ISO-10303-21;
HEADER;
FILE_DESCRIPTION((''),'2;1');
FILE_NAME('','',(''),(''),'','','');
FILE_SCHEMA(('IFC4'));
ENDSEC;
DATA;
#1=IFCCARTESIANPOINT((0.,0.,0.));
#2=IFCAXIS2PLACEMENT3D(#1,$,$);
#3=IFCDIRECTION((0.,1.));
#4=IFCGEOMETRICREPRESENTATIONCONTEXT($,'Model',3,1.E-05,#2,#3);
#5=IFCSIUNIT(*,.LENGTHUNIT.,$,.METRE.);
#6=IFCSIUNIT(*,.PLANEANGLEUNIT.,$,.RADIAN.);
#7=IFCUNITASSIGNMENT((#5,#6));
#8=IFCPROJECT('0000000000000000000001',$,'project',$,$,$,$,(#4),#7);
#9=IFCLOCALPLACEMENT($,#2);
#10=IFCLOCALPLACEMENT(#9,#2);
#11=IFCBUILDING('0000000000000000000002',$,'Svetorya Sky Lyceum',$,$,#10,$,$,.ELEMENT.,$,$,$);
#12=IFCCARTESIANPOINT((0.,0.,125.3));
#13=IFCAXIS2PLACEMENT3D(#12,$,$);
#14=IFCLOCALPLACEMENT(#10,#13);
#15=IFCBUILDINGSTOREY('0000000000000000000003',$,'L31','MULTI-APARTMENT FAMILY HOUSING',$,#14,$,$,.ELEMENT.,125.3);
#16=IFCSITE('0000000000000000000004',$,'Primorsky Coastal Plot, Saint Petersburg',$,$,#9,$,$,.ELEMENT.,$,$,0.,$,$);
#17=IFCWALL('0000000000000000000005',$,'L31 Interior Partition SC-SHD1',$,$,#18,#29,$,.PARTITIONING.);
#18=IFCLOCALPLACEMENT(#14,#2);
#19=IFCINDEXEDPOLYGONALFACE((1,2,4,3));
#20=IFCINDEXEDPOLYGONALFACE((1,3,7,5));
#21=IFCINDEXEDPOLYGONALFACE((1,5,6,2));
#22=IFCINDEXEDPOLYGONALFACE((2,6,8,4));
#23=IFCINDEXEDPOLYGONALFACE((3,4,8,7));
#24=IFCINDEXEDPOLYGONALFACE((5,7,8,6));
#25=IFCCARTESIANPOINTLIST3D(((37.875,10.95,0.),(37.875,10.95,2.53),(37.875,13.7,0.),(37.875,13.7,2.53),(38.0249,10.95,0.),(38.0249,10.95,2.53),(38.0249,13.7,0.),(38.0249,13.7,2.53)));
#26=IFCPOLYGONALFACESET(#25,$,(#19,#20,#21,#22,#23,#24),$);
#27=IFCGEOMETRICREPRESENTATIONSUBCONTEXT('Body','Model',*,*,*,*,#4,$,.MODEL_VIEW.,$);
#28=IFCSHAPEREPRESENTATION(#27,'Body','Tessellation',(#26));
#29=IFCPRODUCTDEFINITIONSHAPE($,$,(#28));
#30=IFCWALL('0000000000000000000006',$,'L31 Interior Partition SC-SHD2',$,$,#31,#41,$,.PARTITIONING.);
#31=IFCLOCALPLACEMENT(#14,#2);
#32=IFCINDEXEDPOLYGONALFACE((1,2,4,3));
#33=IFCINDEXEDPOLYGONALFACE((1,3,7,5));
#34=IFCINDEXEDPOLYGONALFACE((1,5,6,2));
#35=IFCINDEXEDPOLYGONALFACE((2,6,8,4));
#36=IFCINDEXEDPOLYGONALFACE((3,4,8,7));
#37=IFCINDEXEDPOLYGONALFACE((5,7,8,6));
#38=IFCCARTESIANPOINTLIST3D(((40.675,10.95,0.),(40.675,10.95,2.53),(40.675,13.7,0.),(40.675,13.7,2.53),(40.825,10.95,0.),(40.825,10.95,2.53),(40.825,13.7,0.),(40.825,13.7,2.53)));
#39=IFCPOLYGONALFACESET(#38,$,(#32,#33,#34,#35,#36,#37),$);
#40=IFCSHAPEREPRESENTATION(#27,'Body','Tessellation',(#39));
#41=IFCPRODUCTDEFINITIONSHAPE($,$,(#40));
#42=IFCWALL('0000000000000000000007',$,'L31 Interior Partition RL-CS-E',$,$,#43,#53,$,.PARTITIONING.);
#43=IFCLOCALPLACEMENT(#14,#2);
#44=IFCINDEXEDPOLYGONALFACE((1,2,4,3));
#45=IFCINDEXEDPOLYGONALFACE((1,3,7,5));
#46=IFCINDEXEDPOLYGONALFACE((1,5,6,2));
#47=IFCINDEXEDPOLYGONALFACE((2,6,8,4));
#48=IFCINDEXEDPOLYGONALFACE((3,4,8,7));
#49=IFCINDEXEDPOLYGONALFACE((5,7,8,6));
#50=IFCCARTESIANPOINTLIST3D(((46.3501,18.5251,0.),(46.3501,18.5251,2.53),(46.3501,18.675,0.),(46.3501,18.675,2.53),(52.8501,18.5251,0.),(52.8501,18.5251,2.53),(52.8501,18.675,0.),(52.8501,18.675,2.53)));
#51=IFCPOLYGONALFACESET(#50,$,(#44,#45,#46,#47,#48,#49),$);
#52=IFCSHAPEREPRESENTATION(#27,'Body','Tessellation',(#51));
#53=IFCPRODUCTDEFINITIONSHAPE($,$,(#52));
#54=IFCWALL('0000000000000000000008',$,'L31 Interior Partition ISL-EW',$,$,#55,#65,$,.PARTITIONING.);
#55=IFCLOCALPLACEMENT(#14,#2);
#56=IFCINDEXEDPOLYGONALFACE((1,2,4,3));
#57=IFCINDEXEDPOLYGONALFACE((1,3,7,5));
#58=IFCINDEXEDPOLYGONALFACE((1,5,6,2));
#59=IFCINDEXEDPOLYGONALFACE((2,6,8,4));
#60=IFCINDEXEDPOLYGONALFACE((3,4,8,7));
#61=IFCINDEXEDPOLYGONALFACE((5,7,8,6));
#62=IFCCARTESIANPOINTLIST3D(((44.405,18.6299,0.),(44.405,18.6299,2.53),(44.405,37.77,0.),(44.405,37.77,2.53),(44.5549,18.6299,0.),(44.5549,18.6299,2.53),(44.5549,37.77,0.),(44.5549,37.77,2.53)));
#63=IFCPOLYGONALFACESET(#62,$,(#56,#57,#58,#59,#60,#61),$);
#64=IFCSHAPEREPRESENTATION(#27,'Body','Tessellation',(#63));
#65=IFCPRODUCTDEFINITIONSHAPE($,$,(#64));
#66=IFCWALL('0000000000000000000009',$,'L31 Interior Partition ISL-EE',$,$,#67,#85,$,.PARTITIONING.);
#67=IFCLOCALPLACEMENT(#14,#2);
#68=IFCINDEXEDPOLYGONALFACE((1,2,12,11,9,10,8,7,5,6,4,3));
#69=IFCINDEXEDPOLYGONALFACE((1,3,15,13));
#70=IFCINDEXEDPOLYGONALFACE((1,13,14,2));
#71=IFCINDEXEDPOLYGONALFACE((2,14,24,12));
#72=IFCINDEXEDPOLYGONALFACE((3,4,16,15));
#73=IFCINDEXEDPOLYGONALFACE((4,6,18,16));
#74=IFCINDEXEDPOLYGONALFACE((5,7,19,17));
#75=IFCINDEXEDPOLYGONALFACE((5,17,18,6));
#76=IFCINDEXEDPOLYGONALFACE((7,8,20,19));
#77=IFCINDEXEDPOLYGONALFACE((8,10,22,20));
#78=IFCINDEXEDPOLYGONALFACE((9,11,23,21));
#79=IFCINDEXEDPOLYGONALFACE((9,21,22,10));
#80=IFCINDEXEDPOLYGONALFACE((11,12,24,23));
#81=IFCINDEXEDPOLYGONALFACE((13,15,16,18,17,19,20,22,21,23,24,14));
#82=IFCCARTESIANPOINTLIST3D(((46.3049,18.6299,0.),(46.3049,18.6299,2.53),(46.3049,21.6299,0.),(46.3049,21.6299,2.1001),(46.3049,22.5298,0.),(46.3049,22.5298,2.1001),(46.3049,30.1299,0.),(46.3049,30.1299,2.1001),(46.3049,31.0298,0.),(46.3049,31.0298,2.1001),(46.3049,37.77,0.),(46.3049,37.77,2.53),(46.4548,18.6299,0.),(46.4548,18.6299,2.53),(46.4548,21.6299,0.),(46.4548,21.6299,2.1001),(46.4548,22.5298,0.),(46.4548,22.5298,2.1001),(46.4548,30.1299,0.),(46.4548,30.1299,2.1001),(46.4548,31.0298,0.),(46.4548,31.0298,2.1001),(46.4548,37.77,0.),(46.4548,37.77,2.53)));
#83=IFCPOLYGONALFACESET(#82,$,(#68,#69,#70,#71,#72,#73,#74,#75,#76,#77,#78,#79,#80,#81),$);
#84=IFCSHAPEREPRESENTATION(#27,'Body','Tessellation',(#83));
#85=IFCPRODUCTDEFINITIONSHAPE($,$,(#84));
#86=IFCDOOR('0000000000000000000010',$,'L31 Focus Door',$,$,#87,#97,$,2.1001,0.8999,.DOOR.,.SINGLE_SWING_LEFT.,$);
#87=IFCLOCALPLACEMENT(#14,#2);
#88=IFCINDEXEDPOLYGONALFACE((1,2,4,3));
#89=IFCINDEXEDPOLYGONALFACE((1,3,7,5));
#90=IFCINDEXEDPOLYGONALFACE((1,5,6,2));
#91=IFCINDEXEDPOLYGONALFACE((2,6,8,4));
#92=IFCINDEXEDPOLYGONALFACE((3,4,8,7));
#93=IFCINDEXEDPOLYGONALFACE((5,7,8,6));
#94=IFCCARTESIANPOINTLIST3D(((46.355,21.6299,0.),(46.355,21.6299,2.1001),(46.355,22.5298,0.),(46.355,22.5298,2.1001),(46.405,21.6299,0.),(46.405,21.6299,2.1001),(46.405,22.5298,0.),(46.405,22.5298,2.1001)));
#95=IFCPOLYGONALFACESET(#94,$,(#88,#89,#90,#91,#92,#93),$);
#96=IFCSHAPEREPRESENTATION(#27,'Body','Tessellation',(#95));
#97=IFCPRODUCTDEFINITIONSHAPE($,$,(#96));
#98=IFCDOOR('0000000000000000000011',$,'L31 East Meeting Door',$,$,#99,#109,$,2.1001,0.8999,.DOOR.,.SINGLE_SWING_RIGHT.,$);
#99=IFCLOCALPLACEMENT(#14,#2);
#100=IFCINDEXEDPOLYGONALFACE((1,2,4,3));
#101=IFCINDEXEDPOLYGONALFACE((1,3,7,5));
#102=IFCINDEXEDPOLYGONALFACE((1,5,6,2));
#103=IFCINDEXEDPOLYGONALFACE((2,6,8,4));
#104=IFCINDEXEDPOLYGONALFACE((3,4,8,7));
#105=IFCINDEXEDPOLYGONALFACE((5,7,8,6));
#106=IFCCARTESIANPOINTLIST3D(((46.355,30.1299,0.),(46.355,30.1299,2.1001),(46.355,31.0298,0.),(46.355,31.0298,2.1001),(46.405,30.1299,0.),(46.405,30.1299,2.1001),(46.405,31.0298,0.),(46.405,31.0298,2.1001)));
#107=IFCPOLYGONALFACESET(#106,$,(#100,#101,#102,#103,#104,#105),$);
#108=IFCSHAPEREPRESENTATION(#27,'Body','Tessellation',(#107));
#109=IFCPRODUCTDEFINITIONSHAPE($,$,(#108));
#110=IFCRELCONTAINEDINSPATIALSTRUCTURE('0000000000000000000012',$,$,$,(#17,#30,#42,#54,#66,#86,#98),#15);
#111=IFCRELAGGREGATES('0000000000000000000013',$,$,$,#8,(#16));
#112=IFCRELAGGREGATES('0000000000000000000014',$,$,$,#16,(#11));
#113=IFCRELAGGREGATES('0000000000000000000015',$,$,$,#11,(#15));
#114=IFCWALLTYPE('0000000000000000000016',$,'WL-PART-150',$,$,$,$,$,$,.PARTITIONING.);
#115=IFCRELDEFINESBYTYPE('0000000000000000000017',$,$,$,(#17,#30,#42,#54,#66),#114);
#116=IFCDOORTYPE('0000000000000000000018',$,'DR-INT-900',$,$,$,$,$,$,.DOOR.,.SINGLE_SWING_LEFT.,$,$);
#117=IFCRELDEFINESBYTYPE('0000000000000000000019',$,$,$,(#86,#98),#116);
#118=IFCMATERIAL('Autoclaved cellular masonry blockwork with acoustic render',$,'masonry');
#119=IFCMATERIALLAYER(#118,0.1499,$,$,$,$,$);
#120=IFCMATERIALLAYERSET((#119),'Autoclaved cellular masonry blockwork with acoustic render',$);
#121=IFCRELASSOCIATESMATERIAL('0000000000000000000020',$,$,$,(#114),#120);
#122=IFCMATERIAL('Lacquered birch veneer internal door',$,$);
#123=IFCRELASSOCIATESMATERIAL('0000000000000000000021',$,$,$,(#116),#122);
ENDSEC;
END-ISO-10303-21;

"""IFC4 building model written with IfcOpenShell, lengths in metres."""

from ifc_helpers import new_model, si_unit, direction, frame, frame_2d, origin, place, context, subcontext, project, spatial, rectangle, extrude, material, layer, layer_set, type_object, element, fill, save


model = new_model("IFC4")

# Units and contexts
model_context = context("Model", 3, precision=1e-05, world=origin(), true_north=direction((0.0, 1.0)))
body_context = subcontext(model_context, "Body", "Model", "MODEL_VIEW")
ifc_project = project(units=[si_unit("LENGTHUNIT", "METRE"), si_unit("PLANEANGLEUNIT", "RADIAN")], contexts=[model_context])

# Site, building, storey
site_placement = place(None, origin())
site = spatial("IfcSite", under=ifc_project, at=site_placement, Name="Primorsky Coastal Plot, Saint Petersburg", CompositionType="ELEMENT", RefElevation=0.0)
building_placement = place(site_placement, origin())
building = spatial("IfcBuilding", under=site, at=building_placement, Name="Svetorya Sky Lyceum", CompositionType="ELEMENT")
storey_placement = place(building_placement, frame((0.0, 0.0, 125.3)))
storey = spatial("IfcBuildingStorey", under=building, at=storey_placement, Name="L31", Description="MULTI-APARTMENT FAMILY HOUSING", CompositionType="ELEMENT", Elevation=125.3)

# Walls
ifc_material_1 = material(Name="Autoclaved cellular masonry blockwork with acoustic render", Category="masonry")
ifc_layer_1 = layer(ifc_material_1, 0.1499)
ifc_layer_set_1 = layer_set([ifc_layer_1], Name="Autoclaved cellular masonry blockwork with acoustic render")
wall_type_1 = type_object("IfcWallType", Name="WL-PART-150", PredefinedType="PARTITIONING", material=ifc_layer_set_1)
for number, where, z_axis, x_axis, name in (
    (1, (37.95, 10.95, 0.0), (0.0, 0.0, 1.0), (0.0, 1.0, 0.0), "L31 Interior Partition SC-SHD1"),
    (2, (40.75, 10.95, 0.0), (0.0, 0.0, 1.0), (0.0, 1.0, 0.0), "L31 Interior Partition SC-SHD2"),
):
    element("IfcWall", number, at=place(storey_placement, frame(where, z_axis=z_axis, x_axis=x_axis)), inside=storey, type_object=wall_type_1, Name=name, PredefinedType="PARTITIONING", context=body_context, shape_type="SweptSolid", body=[
        extrude(rectangle(XDim=2.75, YDim=0.1499, at=frame_2d((1.375, 0.0))), origin(), (0.0, 0.0, 1.0), 2.53),
    ])
wall_1_placement = place(storey_placement, frame((46.3501, 18.6001, 0.0), z_axis=(0.0, 0.0, 1.0), x_axis=(1.0, 0.0, 0.0)))
element("IfcWall", 3, at=wall_1_placement, inside=storey, type_object=wall_type_1, Name="L31 Interior Partition RL-CS-E", PredefinedType="PARTITIONING", context=body_context, shape_type="SweptSolid", body=[
    extrude(rectangle(XDim=6.5, YDim=0.1499, at=frame_2d((3.25, 0.0))), origin(), (0.0, 0.0, 1.0), 2.53),
])
wall_2_placement = place(storey_placement, frame((44.48, 18.6299, 0.0), z_axis=(0.0, 0.0, 1.0), x_axis=(0.0, 1.0, 0.0)))
element("IfcWall", 4, at=wall_2_placement, inside=storey, type_object=wall_type_1, Name="L31 Interior Partition ISL-EW", PredefinedType="PARTITIONING", context=body_context, shape_type="SweptSolid", body=[
    extrude(rectangle(XDim=19.1401, YDim=0.1499, at=frame_2d((9.5701, 0.0))), origin(), (0.0, 0.0, 1.0), 2.53),
])

# Wall, openings, doors
wall_3_placement = place(storey_placement, frame((46.3799, 18.6299, 0.0), z_axis=(0.0, 0.0, 1.0), x_axis=(0.0, 1.0, 0.0)))
wall_3 = element("IfcWall", 5, at=wall_3_placement, inside=storey, type_object=wall_type_1, Name="L31 Interior Partition ISL-EE", PredefinedType="PARTITIONING", context=body_context, shape_type="SweptSolid", body=[
    extrude(rectangle(XDim=19.1401, YDim=0.1499, at=frame_2d((9.5701, 0.0))), origin(), (0.0, 0.0, 1.0), 2.53),
])
opening_1_placement = place(wall_3_placement, frame((3.0, 0.0, 0.0)))
opening_1 = element("IfcOpeningElement", 6, at=opening_1_placement, cuts=wall_3, PredefinedType="OPENING", context=body_context, shape_type="SweptSolid", body=[
    extrude(rectangle(XDim=0.8999, YDim=2.1001, at=frame_2d((0.45, 1.05))), frame((0.0, 0.085, 0.0), z_axis=(0.0, -1.0, 0.0), x_axis=(1.0, 0.0, 0.0)), (0.0, 0.0, 1.0), 0.1699),
])
opening_2_placement = place(wall_3_placement, frame((11.5, 0.0, 0.0)))
opening_2 = element("IfcOpeningElement", 7, at=opening_2_placement, cuts=wall_3, PredefinedType="OPENING", context=body_context, shape_type="SweptSolid", body=[
    extrude(rectangle(XDim=0.8999, YDim=2.1001, at=frame_2d((0.45, 1.05))), frame((0.0, 0.085, 0.0), z_axis=(0.0, -1.0, 0.0), x_axis=(1.0, 0.0, 0.0)), (0.0, 0.0, 1.0), 0.1699),
])
ifc_material_2 = material(Name="Lacquered birch veneer internal door")
door_type_1 = type_object("IfcDoorType", Name="DR-INT-900", OperationType="SINGLE_SWING_LEFT", PredefinedType="DOOR", material=ifc_material_2)
door_1_placement = place(opening_1_placement, origin())
door_1 = element("IfcDoor", 8, at=door_1_placement, inside=storey, type_object=door_type_1, Name="L31 Focus Door", OperationType="SINGLE_SWING_LEFT", OverallHeight=2.1001, OverallWidth=0.8999, PredefinedType="DOOR", context=body_context, shape_type="SweptSolid", body=[
    extrude(rectangle(XDim=0.8999, YDim=2.1001, at=frame_2d((0.45, 1.05))), frame((0.0, 0.0249, 0.0), z_axis=(0.0, -1.0, 0.0), x_axis=(1.0, 0.0, 0.0)), (0.0, 0.0, 1.0), 0.05),
])
fill(opening_1, door_1)
door_2_placement = place(opening_2_placement, origin())
door_2 = element("IfcDoor", 9, at=door_2_placement, inside=storey, type_object=door_type_1, Name="L31 East Meeting Door", OperationType="SINGLE_SWING_RIGHT", OverallHeight=2.1001, OverallWidth=0.8999, PredefinedType="DOOR", context=body_context, shape_type="SweptSolid", body=[
    extrude(rectangle(XDim=0.8999, YDim=2.1001, at=frame_2d((0.45, 1.05))), frame((0.0, 0.0249, 0.0), z_axis=(0.0, -1.0, 0.0), x_axis=(1.0, 0.0, 0.0)), (0.0, 0.0, 1.0), 0.05),
])
fill(opening_2, door_2)

save(model, "model.ifc")
